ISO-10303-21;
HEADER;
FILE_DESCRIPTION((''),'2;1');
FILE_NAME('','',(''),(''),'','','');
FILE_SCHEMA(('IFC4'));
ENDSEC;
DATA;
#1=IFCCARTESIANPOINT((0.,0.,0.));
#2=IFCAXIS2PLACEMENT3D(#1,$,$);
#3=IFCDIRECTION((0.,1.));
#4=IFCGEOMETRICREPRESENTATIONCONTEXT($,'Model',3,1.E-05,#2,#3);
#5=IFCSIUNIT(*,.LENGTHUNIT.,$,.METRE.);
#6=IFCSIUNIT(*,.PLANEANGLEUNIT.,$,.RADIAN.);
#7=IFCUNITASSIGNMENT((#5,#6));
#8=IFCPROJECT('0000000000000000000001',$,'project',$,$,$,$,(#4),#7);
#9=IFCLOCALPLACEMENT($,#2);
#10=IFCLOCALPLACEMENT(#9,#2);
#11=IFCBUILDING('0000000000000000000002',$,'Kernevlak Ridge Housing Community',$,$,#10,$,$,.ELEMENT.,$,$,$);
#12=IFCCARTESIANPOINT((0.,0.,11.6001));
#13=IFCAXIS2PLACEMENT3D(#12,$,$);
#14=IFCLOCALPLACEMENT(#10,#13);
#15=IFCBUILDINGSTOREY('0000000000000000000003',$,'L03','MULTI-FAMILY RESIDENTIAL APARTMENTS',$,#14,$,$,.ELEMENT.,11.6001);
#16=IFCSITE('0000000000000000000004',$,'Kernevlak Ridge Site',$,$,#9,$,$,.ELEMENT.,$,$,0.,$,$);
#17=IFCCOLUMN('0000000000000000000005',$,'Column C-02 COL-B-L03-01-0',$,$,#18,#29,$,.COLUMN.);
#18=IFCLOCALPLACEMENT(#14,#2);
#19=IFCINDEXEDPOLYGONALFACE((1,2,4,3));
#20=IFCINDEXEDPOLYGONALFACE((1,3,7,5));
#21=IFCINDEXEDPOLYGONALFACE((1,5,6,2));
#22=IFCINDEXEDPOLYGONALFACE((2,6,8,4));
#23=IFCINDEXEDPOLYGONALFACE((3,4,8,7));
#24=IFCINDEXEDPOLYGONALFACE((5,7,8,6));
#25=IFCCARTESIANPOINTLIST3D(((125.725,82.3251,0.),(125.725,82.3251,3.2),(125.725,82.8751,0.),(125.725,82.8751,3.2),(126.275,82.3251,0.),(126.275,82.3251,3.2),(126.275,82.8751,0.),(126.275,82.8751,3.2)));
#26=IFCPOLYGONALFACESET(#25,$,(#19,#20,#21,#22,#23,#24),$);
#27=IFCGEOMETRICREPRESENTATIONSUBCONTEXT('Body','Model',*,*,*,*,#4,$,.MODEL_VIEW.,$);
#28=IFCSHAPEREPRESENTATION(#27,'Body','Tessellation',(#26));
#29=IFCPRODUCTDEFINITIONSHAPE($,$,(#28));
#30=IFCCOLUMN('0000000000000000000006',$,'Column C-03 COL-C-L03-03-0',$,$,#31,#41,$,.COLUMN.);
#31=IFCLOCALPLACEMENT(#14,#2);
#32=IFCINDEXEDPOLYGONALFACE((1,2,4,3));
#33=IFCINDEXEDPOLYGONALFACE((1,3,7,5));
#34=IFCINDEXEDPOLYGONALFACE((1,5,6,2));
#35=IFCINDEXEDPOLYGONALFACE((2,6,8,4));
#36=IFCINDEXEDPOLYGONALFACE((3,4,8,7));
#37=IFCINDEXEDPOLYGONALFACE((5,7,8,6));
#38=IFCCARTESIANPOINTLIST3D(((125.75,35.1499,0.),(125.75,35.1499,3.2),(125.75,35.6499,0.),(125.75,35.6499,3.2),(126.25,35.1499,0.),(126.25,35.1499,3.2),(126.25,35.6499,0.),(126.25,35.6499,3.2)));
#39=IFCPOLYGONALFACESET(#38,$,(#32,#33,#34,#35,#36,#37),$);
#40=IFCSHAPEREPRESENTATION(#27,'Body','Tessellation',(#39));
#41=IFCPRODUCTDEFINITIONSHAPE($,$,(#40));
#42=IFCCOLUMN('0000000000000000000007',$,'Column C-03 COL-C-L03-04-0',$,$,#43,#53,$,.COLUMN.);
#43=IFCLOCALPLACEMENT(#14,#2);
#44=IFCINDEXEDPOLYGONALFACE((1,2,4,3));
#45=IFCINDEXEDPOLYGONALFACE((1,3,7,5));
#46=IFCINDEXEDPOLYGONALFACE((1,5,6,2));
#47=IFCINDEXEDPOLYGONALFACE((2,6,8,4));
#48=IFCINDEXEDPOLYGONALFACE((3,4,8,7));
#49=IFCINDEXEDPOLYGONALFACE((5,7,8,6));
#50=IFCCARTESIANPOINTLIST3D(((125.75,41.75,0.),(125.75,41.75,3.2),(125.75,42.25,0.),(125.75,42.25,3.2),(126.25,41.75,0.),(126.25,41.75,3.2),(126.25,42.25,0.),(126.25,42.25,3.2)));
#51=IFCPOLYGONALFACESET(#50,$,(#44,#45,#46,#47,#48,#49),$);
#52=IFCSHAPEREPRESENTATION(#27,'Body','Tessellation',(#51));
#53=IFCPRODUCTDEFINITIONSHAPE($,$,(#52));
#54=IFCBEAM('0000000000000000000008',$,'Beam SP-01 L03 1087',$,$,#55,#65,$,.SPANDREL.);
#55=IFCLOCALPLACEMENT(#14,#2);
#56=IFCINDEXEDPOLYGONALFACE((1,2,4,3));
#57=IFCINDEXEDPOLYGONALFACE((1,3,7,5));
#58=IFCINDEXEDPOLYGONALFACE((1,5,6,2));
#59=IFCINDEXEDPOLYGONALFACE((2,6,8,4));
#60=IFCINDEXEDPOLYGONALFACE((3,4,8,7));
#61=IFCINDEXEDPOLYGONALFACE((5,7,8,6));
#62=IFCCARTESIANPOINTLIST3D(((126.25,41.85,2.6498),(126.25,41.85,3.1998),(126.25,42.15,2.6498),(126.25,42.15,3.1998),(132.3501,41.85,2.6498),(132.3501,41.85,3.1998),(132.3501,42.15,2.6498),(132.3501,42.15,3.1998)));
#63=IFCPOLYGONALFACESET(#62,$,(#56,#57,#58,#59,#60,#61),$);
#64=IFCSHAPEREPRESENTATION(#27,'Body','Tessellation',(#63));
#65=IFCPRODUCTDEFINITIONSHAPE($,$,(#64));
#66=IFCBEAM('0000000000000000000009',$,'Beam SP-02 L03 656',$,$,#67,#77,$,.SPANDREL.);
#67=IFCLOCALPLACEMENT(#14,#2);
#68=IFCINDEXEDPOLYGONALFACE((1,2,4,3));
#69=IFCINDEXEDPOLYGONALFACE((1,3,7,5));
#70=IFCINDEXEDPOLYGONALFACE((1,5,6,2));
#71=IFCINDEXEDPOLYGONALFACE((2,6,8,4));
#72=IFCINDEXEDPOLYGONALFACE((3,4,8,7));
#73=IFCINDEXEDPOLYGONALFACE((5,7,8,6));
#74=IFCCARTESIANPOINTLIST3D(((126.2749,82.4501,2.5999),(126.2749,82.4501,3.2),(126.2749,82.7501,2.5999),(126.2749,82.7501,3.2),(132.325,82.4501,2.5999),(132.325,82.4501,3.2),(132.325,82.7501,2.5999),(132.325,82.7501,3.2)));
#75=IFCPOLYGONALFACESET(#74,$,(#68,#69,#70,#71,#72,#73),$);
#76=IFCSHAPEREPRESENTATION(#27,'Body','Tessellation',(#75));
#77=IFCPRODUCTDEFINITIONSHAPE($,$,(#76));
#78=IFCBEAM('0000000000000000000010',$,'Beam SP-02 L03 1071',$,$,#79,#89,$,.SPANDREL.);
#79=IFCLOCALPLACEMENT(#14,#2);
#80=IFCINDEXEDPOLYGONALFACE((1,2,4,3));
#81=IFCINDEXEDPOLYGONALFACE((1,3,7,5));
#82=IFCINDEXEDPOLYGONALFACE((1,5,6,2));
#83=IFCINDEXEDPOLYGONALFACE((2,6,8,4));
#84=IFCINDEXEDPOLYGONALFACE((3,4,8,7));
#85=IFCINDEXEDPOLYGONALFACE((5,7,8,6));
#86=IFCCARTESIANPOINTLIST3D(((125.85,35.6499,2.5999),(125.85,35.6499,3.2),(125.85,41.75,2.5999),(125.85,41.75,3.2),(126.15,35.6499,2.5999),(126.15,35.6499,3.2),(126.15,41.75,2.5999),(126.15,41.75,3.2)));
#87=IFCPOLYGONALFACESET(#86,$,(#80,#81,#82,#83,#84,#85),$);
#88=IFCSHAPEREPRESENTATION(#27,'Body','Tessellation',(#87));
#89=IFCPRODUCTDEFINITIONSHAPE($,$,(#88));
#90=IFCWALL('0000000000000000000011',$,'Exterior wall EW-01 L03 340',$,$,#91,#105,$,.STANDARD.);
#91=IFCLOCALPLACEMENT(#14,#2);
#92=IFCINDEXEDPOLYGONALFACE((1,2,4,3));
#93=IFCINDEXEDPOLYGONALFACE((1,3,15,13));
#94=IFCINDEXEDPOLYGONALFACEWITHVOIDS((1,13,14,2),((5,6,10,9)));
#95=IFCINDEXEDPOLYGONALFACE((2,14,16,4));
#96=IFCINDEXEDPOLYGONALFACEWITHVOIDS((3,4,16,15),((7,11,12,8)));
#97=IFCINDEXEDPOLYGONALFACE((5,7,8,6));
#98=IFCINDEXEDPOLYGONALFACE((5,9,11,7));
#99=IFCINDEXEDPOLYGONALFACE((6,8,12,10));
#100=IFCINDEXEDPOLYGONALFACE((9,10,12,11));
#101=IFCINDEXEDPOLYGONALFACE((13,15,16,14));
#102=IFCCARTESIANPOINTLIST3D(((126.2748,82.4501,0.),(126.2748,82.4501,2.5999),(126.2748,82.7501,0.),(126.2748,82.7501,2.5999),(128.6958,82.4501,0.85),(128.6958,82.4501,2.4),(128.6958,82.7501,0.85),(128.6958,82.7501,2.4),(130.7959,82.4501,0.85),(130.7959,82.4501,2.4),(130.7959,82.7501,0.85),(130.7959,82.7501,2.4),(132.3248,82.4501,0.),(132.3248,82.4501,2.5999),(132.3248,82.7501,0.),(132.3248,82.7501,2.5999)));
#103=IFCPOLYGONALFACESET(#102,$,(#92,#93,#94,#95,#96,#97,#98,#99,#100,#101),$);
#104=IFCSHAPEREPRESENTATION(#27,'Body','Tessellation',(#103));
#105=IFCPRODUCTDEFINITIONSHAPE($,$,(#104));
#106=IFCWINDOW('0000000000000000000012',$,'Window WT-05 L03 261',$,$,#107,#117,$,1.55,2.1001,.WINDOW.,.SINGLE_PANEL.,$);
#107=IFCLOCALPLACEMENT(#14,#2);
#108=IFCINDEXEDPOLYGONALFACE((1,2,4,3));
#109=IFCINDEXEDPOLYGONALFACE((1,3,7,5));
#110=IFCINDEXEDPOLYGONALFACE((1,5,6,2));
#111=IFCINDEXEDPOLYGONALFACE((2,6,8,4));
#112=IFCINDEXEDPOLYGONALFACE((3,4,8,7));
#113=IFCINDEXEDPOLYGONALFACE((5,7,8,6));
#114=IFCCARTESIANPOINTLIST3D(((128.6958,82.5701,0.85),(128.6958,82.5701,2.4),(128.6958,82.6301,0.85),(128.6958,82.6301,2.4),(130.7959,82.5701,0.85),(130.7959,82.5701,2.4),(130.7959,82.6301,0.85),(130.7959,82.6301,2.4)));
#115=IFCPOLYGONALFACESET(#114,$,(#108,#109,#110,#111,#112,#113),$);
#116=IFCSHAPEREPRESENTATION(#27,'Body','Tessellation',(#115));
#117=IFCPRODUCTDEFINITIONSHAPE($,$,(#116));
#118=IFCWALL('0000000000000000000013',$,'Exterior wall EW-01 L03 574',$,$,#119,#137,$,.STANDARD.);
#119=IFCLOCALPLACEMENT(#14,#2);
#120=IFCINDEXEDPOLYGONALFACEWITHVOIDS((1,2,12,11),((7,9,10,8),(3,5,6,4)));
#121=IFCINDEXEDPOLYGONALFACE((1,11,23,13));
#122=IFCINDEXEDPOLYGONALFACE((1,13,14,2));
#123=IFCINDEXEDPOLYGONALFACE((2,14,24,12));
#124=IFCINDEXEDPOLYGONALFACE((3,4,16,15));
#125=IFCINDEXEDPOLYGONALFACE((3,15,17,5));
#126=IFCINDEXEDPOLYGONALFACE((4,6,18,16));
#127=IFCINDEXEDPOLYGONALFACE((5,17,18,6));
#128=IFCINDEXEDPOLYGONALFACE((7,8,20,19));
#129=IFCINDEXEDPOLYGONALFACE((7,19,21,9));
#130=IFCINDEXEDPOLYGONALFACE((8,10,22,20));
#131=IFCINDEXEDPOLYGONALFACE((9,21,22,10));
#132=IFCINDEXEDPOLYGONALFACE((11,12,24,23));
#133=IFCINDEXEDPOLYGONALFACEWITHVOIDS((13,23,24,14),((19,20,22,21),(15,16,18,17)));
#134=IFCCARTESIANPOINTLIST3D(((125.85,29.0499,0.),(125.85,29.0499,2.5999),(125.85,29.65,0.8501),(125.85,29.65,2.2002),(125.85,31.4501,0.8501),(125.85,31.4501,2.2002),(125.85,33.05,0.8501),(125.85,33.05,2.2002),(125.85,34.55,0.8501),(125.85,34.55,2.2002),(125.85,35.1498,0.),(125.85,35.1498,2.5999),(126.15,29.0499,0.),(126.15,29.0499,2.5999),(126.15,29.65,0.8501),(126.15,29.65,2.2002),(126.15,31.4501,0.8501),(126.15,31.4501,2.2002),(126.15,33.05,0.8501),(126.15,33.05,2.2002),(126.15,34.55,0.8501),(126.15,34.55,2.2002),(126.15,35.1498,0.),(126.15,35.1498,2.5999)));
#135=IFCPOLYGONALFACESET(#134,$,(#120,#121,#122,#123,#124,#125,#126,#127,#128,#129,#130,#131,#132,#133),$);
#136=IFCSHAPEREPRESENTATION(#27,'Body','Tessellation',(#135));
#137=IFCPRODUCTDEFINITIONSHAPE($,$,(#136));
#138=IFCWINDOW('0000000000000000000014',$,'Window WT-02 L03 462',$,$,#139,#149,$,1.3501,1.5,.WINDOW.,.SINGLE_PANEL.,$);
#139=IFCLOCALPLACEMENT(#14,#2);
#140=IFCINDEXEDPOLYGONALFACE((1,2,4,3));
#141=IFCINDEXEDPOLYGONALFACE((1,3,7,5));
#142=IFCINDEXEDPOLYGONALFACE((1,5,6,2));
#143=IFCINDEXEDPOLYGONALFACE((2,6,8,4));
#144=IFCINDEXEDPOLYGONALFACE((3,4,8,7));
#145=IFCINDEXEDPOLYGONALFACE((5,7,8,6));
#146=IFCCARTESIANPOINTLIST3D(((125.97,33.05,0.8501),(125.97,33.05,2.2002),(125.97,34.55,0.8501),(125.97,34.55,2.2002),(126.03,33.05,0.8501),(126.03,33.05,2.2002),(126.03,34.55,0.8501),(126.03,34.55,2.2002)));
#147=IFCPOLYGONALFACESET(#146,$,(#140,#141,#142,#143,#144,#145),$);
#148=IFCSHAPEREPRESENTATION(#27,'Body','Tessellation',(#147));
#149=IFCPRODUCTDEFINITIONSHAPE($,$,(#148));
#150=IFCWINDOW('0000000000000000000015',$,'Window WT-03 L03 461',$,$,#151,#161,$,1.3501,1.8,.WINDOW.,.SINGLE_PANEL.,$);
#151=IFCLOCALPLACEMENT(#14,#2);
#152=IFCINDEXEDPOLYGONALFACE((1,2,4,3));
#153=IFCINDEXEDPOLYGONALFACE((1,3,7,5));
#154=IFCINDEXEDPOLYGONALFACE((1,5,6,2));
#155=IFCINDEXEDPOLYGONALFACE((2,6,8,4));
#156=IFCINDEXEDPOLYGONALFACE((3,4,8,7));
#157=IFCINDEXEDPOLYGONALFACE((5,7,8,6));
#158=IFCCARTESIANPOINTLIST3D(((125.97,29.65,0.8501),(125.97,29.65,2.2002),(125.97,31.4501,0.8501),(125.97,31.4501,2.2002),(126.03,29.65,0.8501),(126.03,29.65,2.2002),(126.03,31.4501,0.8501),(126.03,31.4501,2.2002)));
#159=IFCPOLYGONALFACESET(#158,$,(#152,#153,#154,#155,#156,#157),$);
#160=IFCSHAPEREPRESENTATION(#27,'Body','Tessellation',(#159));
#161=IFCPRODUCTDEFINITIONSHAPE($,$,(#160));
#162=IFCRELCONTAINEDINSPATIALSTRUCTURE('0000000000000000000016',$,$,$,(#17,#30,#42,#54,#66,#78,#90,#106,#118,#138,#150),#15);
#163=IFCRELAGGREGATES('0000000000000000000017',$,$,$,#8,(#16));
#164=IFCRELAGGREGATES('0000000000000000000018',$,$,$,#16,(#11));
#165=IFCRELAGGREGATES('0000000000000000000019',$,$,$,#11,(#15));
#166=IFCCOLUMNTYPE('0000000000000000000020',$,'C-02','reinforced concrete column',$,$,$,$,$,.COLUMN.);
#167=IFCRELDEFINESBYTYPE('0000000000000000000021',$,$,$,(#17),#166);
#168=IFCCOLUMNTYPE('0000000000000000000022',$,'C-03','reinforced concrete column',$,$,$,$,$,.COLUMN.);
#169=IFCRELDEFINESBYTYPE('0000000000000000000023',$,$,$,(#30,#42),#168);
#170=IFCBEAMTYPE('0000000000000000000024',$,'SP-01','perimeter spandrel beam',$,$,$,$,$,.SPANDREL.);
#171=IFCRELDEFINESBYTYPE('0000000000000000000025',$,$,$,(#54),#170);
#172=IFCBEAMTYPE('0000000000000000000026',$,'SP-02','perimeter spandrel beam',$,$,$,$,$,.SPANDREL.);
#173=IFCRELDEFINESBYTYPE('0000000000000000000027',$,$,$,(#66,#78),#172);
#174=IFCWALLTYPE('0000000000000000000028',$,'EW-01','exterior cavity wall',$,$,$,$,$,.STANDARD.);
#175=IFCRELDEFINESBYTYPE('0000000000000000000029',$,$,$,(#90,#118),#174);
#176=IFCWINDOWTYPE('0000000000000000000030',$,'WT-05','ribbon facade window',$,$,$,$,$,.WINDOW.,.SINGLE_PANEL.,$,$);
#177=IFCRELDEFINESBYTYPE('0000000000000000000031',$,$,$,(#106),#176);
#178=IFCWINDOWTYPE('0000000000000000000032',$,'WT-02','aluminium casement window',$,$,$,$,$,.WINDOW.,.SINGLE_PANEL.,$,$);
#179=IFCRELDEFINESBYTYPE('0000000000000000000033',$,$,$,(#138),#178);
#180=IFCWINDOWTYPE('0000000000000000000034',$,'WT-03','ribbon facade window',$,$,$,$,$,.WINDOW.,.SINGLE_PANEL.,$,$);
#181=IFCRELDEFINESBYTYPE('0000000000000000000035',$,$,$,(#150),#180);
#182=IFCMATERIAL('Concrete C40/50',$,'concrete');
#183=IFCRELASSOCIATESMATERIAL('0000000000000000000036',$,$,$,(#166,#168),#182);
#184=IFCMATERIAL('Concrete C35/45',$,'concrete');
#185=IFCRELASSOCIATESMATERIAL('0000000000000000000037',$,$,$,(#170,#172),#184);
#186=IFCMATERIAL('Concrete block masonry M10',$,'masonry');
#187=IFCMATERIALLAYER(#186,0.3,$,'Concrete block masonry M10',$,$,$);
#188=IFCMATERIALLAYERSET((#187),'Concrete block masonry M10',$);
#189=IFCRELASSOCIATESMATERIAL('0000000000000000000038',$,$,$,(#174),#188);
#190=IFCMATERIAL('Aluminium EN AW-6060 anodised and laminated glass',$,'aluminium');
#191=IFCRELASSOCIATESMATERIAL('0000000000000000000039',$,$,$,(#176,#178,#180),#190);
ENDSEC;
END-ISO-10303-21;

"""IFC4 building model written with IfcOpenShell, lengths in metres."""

from ifc_helpers import new_model, si_unit, direction, frame, frame_2d, origin, origin_2d, place, context, subcontext, project, spatial, rectangle, extrude, material, layer, layer_set, material_profile, profile_set, type_object, element, fill, save


model = new_model("IFC4")

# Units and contexts
model_context = context("Model", 3, precision=1e-05, world=origin(), true_north=direction((0.0, 1.0)))
body_context = subcontext(model_context, "Body", "Model", "MODEL_VIEW")
ifc_project = project(units=[si_unit("LENGTHUNIT", "METRE"), si_unit("PLANEANGLEUNIT", "RADIAN")], contexts=[model_context])

# Site, building, storey
site_placement = place(None, origin())
site = spatial("IfcSite", under=ifc_project, at=site_placement, Name="Kernevlak Ridge Site", CompositionType="ELEMENT", RefElevation=0.0)
building_placement = place(site_placement, origin())
building = spatial("IfcBuilding", under=site, at=building_placement, Name="Kernevlak Ridge Housing Community", CompositionType="ELEMENT")
storey_placement = place(building_placement, frame((0.0, 0.0, 11.6001)))
storey = spatial("IfcBuildingStorey", under=building, at=storey_placement, Name="L03", Description="MULTI-FAMILY RESIDENTIAL APARTMENTS", CompositionType="ELEMENT", Elevation=11.6001)

# Columns
ifc_material_1 = material(Name="Concrete C40/50", Category="concrete")
ifc_material_profile_1 = material_profile(ifc_material_1, rectangle(XDim=0.55, YDim=0.55, at=origin_2d()), Name="RC 550x550")
ifc_profile_set_1 = profile_set([ifc_material_profile_1], Name="Concrete C40/50")
column_type_1 = type_object("IfcColumnType", Name="C-02", Description="reinforced concrete column", PredefinedType="COLUMN", material=ifc_profile_set_1)
column_placement = place(storey_placement, frame((126.0, 82.6001, 0.0), z_axis=(0.0, 0.0, 1.0), x_axis=(1.0, 0.0, 0.0)))
element("IfcColumn", 1, at=column_placement, inside=storey, type_object=column_type_1, Name="Column C-02 COL-B-L03-01-0", PredefinedType="COLUMN", context=body_context, shape_type="SweptSolid", body=[
    extrude(rectangle(XDim=0.55, YDim=0.55, at=origin_2d()), origin(), (0.0, 0.0, 1.0), 3.2),
])
ifc_material_profile_2 = material_profile(ifc_material_1, rectangle(XDim=0.5, YDim=0.5, at=origin_2d()), Name="RC 500x500")
ifc_profile_set_2 = profile_set([ifc_material_profile_2], Name="Concrete C40/50")
column_type_2 = type_object("IfcColumnType", Name="C-03", Description="reinforced concrete column", PredefinedType="COLUMN", material=ifc_profile_set_2)
for number, where, z_axis, x_axis, name in (
    (2, (126.0, 35.3999, 0.0), (0.0, 0.0, 1.0), (1.0, 0.0, 0.0), "Column C-03 COL-C-L03-03-0"),
    (3, (126.0, 42.0, 0.0), (0.0, 0.0, 1.0), (1.0, 0.0, 0.0), "Column C-03 COL-C-L03-04-0"),
):
    element("IfcColumn", number, at=place(storey_placement, frame(where, z_axis=z_axis, x_axis=x_axis)), inside=storey, type_object=column_type_2, Name=name, PredefinedType="COLUMN", context=body_context, shape_type="SweptSolid", body=[
        extrude(rectangle(XDim=0.5, YDim=0.5, at=origin_2d()), origin(), (0.0, 0.0, 1.0), 3.2),
    ])

# Beams
ifc_material_2 = material(Name="Concrete C35/45", Category="concrete")
ifc_material_profile_3 = material_profile(ifc_material_2, rectangle(XDim=0.3, YDim=0.55, at=origin_2d()), Name="RC 300x550")
ifc_profile_set_3 = profile_set([ifc_material_profile_3], Name="Concrete C35/45")
beam_type_1 = type_object("IfcBeamType", Name="SP-01", Description="perimeter spandrel beam", PredefinedType="SPANDREL", material=ifc_profile_set_3)
beam_1_placement = place(storey_placement, frame((126.25, 42.0, 2.9248), z_axis=(1.0, 0.0, 0.0), x_axis=(0.0, 1.0, 0.0)))
element("IfcBeam", 4, at=beam_1_placement, inside=storey, type_object=beam_type_1, Name="Beam SP-01 L03 1087", PredefinedType="SPANDREL", context=body_context, shape_type="SweptSolid", body=[
    extrude(rectangle(XDim=0.3, YDim=0.55, at=origin_2d()), origin(), (0.0, 0.0, 1.0), 6.1001),
])
ifc_material_profile_4 = material_profile(ifc_material_2, rectangle(XDim=0.3, YDim=0.6001, at=origin_2d()), Name="RC 300x600")
ifc_profile_set_4 = profile_set([ifc_material_profile_4], Name="Concrete C35/45")
beam_type_2 = type_object("IfcBeamType", Name="SP-02", Description="perimeter spandrel beam", PredefinedType="SPANDREL", material=ifc_profile_set_4)
beam_2_placement = place(storey_placement, frame((126.2749, 82.6001, 2.8999), z_axis=(1.0, 0.0, 0.0), x_axis=(0.0, 1.0, 0.0)))
element("IfcBeam", 5, at=beam_2_placement, inside=storey, type_object=beam_type_2, Name="Beam SP-02 L03 656", PredefinedType="SPANDREL", context=body_context, shape_type="SweptSolid", body=[
    extrude(rectangle(XDim=0.3, YDim=0.6001, at=origin_2d()), origin(), (0.0, 0.0, 1.0), 6.05),
])
beam_3_placement = place(storey_placement, frame((126.0, 35.6499, 2.8999), z_axis=(0.0, 1.0, 0.0), x_axis=(-1.0, 0.0, 0.0)))
element("IfcBeam", 6, at=beam_3_placement, inside=storey, type_object=beam_type_2, Name="Beam SP-02 L03 1071", PredefinedType="SPANDREL", context=body_context, shape_type="SweptSolid", body=[
    extrude(rectangle(XDim=0.3, YDim=0.6001, at=origin_2d()), origin(), (0.0, 0.0, 1.0), 6.1001),
])

# Wall, opening, window
ifc_material_3 = material(Name="Concrete block masonry M10", Category="masonry")
ifc_layer_1 = layer(ifc_material_3, 0.3, Name="Concrete block masonry M10")
ifc_layer_set_1 = layer_set([ifc_layer_1], Name="Concrete block masonry M10")
wall_type_1 = type_object("IfcWallType", Name="EW-01", Description="exterior cavity wall", PredefinedType="STANDARD", material=ifc_layer_set_1)
wall_1_placement = place(storey_placement, frame((126.2749, 82.6001, 0.0), z_axis=(0.0, 0.0, 1.0), x_axis=(1.0, 0.0, 0.0)))
wall_1 = element("IfcWall", 7, at=wall_1_placement, inside=storey, type_object=wall_type_1, Name="Exterior wall EW-01 L03 340", PredefinedType="STANDARD", context=body_context, shape_type="SweptSolid", body=[
    extrude(rectangle(XDim=6.05, YDim=0.3, at=frame_2d((3.0249, 0.0))), origin(), (0.0, 0.0, 1.0), 2.5999),
])
opening_1_placement = place(wall_1_placement, frame((2.4209, 0.0, 0.8501)))
opening_1 = element("IfcOpeningElement", 8, at=opening_1_placement, cuts=wall_1, PredefinedType="OPENING", context=body_context, shape_type="SweptSolid", body=[
    extrude(rectangle(XDim=2.1001, YDim=1.55, at=frame_2d((1.05, 0.7749))), frame((0.0, 0.1599, 0.0), z_axis=(0.0, -1.0, 0.0), x_axis=(1.0, 0.0, 0.0)), (0.0, 0.0, 1.0), 0.3201),
])
ifc_material_4 = material(Name="Aluminium EN AW-6060 anodised and laminated glass", Category="aluminium")
window_type_1 = type_object("IfcWindowType", Name="WT-05", Description="ribbon facade window", PartitioningType="SINGLE_PANEL", PredefinedType="WINDOW", material=ifc_material_4)
window_1_placement = place(opening_1_placement, origin())
window_1 = element("IfcWindow", 9, at=window_1_placement, inside=storey, type_object=window_type_1, Name="Window WT-05 L03 261", OverallHeight=1.55, OverallWidth=2.1001, PartitioningType="SINGLE_PANEL", PredefinedType="WINDOW", context=body_context, shape_type="SweptSolid", body=[
    extrude(rectangle(XDim=2.1001, YDim=1.55, at=frame_2d((1.05, 0.7749))), frame((0.0, 0.03, 0.0), z_axis=(0.0, -1.0, 0.0), x_axis=(1.0, 0.0, 0.0)), (0.0, 0.0, 1.0), 0.0601),
])
fill(opening_1, window_1)

# Wall, openings, windows
wall_2_placement = place(storey_placement, frame((126.0, 29.05, 0.0), z_axis=(0.0, 0.0, 1.0), x_axis=(0.0, 1.0, 0.0)))
wall_2 = element("IfcWall", 10, at=wall_2_placement, inside=storey, type_object=wall_type_1, Name="Exterior wall EW-01 L03 574", PredefinedType="STANDARD", context=body_context, shape_type="SweptSolid", body=[
    extrude(rectangle(XDim=6.0999, YDim=0.3, at=frame_2d((3.0498, 0.0))), origin(), (0.0, 0.0, 1.0), 2.5999),
])
opening_2_placement = place(wall_2_placement, frame((0.6001, 0.0, 0.8501)))
opening_2 = element("IfcOpeningElement", 11, at=opening_2_placement, cuts=wall_2, PredefinedType="OPENING", context=body_context, shape_type="SweptSolid", body=[
    extrude(rectangle(XDim=1.8, YDim=1.3501, at=frame_2d((0.8999, 0.675))), frame((0.0, 0.1599, 0.0), z_axis=(0.0, -1.0, 0.0), x_axis=(1.0, 0.0, 0.0)), (0.0, 0.0, 1.0), 0.3201),
])
opening_3_placement = place(wall_2_placement, frame((4.0, 0.0, 0.8501)))
opening_3 = element("IfcOpeningElement", 12, at=opening_3_placement, cuts=wall_2, PredefinedType="OPENING", context=body_context, shape_type="SweptSolid", body=[
    extrude(rectangle(XDim=1.5, YDim=1.3501, at=frame_2d((0.75, 0.675))), frame((0.0, 0.1599, 0.0), z_axis=(0.0, -1.0, 0.0), x_axis=(1.0, 0.0, 0.0)), (0.0, 0.0, 1.0), 0.3201),
])
window_type_2 = type_object("IfcWindowType", Name="WT-02", Description="aluminium casement window", PartitioningType="SINGLE_PANEL", PredefinedType="WINDOW", material=ifc_material_4)
window_2_placement = place(opening_3_placement, origin())
window_2 = element("IfcWindow", 13, at=window_2_placement, inside=storey, type_object=window_type_2, Name="Window WT-02 L03 462", OverallHeight=1.3501, OverallWidth=1.5, PartitioningType="SINGLE_PANEL", PredefinedType="WINDOW", context=body_context, shape_type="SweptSolid", body=[
    extrude(rectangle(XDim=1.5, YDim=1.3501, at=frame_2d((0.75, 0.675))), frame((0.0, 0.03, 0.0), z_axis=(0.0, -1.0, 0.0), x_axis=(1.0, 0.0, 0.0)), (0.0, 0.0, 1.0), 0.0601),
])
fill(opening_3, window_2)
window_type_3 = type_object("IfcWindowType", Name="WT-03", Description="ribbon facade window", PartitioningType="SINGLE_PANEL", PredefinedType="WINDOW", material=ifc_material_4)
window_3_placement = place(opening_2_placement, origin())
window_3 = element("IfcWindow", 14, at=window_3_placement, inside=storey, type_object=window_type_3, Name="Window WT-03 L03 461", OverallHeight=1.3501, OverallWidth=1.8, PartitioningType="SINGLE_PANEL", PredefinedType="WINDOW", context=body_context, shape_type="SweptSolid", body=[
    extrude(rectangle(XDim=1.8, YDim=1.3501, at=frame_2d((0.8999, 0.675))), frame((0.0, 0.03, 0.0), z_axis=(0.0, -1.0, 0.0), x_axis=(1.0, 0.0, 0.0)), (0.0, 0.0, 1.0), 0.0601),
])
fill(opening_2, window_3)

save(model, "model.ifc")
